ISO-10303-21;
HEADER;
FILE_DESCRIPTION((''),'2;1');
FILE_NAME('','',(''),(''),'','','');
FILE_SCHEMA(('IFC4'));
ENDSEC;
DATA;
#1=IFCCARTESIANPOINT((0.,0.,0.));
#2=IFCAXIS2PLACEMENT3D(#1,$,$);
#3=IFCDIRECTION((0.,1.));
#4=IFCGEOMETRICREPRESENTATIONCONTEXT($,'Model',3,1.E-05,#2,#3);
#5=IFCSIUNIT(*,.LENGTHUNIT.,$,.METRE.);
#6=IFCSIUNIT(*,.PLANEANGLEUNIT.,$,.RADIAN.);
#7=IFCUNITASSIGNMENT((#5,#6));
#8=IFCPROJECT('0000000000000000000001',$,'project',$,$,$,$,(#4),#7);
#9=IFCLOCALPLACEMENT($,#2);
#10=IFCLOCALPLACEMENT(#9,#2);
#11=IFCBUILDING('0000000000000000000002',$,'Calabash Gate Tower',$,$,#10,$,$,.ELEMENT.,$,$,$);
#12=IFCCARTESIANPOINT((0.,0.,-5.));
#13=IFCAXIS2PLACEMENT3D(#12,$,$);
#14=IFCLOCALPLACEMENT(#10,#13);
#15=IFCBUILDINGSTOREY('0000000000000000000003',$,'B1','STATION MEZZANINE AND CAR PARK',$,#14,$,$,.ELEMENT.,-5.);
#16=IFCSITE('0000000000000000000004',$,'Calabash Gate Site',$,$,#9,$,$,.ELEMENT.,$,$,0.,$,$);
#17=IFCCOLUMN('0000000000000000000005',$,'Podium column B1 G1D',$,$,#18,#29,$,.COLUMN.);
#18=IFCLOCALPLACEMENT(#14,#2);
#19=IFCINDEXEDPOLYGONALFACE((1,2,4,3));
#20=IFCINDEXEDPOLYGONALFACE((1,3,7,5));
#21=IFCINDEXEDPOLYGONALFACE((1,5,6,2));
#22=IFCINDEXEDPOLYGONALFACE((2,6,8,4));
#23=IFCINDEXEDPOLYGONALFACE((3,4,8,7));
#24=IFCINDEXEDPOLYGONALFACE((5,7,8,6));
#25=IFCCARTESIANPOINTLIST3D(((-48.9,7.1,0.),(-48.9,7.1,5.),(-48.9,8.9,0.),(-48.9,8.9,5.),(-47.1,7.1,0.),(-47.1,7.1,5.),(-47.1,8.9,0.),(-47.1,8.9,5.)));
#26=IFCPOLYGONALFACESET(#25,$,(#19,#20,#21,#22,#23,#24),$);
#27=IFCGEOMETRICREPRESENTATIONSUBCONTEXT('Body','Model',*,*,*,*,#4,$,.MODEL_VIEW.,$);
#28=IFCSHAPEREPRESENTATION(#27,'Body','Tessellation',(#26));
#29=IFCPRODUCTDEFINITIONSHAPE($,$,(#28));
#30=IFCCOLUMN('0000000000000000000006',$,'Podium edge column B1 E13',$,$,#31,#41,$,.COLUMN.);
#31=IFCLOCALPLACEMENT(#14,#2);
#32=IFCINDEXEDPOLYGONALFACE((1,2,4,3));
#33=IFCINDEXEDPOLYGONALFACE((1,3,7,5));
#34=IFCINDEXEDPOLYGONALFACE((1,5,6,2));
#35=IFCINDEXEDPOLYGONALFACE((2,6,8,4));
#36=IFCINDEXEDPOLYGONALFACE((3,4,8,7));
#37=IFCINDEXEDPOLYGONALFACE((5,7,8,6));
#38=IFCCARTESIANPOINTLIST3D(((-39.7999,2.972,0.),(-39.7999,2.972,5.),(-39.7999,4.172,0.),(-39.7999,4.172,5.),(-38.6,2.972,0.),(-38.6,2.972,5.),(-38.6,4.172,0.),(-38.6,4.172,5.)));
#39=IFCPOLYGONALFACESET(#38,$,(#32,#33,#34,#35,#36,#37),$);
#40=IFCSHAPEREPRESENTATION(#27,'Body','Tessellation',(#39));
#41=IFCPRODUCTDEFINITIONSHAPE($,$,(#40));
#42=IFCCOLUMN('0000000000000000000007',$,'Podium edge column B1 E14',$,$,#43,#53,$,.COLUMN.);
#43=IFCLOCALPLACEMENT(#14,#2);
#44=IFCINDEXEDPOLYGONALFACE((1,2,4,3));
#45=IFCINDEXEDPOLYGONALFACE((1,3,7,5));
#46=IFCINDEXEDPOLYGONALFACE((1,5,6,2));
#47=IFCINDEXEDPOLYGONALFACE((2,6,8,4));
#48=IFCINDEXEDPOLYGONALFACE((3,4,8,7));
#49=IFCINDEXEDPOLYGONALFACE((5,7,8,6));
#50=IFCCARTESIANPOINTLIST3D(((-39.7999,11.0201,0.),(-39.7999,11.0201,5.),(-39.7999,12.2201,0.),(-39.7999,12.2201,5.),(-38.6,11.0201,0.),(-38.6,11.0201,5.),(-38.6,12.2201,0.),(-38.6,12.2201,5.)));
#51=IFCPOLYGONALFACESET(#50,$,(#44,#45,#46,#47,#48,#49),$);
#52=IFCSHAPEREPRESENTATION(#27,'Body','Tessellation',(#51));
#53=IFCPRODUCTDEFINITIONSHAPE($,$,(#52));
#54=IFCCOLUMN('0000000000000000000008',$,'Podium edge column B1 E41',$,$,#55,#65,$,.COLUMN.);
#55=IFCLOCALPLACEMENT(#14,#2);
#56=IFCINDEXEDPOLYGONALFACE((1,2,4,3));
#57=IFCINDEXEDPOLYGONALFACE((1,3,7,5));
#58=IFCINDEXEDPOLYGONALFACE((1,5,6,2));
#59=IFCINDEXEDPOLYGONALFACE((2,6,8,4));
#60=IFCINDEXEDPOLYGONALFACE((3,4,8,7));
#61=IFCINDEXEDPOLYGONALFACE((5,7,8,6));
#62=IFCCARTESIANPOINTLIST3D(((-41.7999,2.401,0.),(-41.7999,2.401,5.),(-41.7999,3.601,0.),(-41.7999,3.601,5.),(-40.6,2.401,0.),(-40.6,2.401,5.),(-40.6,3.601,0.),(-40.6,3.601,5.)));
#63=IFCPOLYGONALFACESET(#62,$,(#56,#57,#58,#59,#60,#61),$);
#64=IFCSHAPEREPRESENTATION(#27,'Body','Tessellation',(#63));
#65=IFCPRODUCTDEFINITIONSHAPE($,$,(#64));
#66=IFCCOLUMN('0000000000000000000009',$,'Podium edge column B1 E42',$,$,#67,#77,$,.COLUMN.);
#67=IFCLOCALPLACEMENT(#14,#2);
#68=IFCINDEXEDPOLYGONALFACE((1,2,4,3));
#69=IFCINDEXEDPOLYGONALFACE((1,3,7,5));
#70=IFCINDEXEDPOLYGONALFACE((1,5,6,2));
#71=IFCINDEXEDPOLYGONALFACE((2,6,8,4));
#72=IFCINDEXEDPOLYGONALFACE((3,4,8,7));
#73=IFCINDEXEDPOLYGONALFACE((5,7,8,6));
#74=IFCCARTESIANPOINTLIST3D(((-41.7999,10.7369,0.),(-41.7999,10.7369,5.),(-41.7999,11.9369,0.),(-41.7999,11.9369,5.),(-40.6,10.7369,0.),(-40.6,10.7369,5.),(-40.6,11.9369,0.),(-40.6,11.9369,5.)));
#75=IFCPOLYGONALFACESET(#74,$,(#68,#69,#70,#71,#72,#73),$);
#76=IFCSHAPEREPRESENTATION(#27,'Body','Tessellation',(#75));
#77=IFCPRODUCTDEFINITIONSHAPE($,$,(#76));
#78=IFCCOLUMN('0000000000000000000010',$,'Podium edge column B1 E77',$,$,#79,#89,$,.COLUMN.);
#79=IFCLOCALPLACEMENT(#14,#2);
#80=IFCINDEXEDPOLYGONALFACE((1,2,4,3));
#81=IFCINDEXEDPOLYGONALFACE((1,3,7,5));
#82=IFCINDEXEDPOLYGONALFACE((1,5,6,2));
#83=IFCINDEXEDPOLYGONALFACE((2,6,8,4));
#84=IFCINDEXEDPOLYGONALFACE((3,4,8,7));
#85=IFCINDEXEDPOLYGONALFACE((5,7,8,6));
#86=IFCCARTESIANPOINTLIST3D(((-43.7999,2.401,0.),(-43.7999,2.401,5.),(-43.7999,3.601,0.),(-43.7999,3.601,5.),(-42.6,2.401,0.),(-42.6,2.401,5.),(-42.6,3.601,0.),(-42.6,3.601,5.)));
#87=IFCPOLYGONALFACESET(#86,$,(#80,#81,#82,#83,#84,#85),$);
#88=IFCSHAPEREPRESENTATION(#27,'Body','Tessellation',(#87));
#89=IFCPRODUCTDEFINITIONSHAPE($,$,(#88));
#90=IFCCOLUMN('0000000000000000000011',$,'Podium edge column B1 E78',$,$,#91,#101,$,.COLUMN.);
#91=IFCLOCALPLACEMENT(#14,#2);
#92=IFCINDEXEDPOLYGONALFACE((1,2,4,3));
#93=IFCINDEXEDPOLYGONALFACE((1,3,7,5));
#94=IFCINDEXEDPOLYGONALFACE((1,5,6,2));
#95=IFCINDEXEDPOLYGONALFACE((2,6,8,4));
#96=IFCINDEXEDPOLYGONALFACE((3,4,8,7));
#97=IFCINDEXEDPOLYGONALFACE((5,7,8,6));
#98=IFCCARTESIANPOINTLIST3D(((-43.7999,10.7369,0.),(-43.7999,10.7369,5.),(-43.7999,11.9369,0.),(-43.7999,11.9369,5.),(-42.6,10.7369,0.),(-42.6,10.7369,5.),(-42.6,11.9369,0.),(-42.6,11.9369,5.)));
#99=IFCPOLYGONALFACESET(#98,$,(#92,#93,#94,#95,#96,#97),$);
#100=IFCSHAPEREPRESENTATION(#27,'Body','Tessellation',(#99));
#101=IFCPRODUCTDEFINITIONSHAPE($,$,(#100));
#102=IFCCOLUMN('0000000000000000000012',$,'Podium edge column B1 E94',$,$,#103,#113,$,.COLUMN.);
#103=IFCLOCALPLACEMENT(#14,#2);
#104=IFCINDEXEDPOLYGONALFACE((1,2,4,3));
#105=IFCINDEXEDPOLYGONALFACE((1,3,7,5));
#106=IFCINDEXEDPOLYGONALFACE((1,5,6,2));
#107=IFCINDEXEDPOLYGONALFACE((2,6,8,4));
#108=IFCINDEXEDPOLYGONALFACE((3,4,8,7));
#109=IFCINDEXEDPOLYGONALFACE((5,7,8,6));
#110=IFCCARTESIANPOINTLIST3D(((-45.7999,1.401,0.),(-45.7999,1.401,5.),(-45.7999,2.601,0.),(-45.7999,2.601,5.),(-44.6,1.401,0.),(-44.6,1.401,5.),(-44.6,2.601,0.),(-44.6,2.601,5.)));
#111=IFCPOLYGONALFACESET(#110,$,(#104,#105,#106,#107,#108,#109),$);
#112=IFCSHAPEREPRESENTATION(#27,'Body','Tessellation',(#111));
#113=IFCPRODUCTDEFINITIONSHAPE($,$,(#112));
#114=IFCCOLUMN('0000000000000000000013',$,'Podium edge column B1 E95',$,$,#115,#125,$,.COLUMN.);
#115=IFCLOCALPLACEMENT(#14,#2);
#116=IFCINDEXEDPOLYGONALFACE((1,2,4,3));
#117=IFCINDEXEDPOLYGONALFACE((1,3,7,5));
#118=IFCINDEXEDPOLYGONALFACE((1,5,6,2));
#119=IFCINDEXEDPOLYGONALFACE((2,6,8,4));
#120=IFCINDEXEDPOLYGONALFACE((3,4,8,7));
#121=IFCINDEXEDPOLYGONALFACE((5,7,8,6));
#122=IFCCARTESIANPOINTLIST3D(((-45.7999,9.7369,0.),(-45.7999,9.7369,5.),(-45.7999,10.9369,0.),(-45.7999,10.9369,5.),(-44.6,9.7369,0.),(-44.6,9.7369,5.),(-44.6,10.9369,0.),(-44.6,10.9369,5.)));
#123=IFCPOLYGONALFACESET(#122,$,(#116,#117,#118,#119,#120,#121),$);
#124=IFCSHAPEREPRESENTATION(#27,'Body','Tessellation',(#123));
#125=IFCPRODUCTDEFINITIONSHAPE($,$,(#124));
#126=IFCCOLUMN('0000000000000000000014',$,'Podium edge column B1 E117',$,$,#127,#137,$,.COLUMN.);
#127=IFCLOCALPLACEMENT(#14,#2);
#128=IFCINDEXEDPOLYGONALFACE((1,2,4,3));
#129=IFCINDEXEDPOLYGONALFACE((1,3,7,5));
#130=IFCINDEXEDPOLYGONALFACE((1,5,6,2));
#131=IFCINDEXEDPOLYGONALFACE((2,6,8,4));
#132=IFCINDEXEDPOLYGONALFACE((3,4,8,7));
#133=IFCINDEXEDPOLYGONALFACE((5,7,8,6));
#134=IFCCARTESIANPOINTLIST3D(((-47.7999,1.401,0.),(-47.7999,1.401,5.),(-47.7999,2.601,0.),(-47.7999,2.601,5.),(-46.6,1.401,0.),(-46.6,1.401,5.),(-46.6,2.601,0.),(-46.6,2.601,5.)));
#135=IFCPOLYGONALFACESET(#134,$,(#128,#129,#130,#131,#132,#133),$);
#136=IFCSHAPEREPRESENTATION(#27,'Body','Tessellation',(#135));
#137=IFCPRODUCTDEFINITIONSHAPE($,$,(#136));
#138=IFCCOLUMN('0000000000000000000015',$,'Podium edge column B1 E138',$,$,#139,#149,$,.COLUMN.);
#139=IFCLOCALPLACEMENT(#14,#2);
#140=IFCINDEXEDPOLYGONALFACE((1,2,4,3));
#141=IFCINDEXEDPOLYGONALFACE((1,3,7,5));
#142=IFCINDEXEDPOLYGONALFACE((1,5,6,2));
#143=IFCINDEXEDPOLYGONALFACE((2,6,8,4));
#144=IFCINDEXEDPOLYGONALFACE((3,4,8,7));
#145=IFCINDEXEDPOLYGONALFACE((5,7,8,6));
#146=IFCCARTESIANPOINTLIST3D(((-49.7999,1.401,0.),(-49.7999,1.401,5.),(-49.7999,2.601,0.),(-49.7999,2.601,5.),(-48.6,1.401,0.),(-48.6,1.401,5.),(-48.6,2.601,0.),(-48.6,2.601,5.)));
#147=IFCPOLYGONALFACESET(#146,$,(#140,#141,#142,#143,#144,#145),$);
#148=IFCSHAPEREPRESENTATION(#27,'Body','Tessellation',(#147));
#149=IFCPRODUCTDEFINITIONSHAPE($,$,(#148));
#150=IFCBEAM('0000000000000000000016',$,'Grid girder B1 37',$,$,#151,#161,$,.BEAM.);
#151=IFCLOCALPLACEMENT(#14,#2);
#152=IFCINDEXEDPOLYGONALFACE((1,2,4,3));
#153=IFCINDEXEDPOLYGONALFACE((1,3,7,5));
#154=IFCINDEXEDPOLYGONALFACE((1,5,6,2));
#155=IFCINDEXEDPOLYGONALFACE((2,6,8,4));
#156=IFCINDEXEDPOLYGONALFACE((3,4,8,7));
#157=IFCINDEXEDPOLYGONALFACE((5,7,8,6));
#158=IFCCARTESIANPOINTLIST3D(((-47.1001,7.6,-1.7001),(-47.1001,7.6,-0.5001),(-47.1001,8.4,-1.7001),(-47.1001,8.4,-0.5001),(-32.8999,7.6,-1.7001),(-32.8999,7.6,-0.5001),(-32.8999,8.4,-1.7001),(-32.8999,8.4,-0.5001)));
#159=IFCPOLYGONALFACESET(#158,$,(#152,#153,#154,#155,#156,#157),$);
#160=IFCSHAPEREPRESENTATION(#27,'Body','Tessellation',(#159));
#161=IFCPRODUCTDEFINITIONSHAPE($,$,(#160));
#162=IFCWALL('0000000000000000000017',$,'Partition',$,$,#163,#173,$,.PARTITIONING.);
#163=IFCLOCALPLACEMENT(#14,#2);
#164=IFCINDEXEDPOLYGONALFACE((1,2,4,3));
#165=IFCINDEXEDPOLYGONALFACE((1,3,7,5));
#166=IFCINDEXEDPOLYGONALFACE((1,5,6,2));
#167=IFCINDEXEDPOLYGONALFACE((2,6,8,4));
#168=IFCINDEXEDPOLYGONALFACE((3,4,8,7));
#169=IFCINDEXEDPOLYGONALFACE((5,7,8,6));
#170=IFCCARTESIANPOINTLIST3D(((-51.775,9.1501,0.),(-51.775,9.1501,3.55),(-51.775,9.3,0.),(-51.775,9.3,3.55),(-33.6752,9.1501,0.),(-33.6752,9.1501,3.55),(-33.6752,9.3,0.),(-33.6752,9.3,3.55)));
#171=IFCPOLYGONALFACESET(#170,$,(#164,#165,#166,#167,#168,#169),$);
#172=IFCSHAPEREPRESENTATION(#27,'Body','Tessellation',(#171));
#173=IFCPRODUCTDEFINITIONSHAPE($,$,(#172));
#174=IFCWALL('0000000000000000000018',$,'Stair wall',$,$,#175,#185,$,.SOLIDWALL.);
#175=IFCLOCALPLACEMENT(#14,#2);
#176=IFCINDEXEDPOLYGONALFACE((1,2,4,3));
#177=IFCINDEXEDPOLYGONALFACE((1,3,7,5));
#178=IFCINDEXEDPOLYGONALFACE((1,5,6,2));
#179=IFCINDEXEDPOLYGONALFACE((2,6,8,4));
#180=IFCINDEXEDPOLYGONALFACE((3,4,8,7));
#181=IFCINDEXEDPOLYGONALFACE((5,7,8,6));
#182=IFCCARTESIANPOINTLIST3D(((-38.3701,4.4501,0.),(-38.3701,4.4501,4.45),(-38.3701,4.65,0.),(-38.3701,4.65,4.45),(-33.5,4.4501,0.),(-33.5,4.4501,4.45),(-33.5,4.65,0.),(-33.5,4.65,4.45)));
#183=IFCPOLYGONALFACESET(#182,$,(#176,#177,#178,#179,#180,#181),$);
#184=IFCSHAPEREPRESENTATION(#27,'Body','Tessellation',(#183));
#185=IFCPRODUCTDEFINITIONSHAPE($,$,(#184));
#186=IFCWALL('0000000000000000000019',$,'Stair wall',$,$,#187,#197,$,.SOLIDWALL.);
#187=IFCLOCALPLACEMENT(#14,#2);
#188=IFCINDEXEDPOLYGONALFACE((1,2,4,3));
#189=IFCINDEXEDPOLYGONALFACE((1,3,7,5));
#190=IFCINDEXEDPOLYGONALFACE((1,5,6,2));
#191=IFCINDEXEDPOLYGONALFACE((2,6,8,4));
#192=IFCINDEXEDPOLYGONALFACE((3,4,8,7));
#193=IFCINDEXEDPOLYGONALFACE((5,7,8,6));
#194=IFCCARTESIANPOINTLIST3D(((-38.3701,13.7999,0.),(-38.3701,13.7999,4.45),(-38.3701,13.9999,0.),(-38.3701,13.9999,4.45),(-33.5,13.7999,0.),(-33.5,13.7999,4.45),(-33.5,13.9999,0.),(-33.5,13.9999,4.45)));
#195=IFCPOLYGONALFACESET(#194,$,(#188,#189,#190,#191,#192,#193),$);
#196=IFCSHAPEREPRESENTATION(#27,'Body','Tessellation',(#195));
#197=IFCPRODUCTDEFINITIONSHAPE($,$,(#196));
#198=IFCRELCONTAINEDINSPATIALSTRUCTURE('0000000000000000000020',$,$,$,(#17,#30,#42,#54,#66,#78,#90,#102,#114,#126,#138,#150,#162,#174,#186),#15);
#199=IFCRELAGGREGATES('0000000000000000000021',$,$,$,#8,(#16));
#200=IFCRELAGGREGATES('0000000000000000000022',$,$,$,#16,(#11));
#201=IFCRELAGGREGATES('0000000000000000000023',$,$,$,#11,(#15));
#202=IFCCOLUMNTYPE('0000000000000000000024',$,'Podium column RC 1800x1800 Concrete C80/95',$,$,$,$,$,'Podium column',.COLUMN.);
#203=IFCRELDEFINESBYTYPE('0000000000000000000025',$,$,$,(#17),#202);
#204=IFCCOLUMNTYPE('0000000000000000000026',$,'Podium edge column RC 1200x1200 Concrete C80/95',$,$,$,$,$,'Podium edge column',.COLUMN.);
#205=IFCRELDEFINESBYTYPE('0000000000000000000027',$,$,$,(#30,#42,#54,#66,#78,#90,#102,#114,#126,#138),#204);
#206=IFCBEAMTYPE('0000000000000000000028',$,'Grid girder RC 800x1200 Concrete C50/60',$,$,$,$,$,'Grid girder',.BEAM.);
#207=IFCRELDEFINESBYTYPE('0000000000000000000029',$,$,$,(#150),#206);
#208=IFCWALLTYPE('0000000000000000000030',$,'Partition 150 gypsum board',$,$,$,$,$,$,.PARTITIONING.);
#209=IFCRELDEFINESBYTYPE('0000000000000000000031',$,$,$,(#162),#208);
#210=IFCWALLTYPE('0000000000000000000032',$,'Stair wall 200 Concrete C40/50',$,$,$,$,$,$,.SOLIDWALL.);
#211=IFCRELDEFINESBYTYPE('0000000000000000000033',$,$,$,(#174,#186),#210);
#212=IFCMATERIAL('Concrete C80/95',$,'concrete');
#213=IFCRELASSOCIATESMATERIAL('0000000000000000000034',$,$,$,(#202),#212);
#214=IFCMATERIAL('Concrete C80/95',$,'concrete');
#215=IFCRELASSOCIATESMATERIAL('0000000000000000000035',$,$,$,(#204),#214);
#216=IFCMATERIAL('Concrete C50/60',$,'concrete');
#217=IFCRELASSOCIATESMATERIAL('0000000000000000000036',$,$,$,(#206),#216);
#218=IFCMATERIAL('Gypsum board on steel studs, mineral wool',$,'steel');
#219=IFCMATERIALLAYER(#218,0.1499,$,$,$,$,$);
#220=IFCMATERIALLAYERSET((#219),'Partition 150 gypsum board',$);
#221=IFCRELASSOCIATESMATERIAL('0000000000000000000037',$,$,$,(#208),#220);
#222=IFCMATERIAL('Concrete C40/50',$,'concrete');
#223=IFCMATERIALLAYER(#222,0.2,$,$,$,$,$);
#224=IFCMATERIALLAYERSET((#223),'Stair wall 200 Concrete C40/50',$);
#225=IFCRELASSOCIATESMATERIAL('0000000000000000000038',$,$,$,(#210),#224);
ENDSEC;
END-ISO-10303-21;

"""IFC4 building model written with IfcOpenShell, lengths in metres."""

from ifc_helpers import new_model, si_unit, direction, frame, frame_2d, origin, origin_2d, place, context, subcontext, project, spatial, rectangle, extrude, material, layer, layer_set, material_profile, profile_set, type_object, element, save


model = new_model("IFC4")

# Units and contexts
model_context = context("Model", 3, precision=1e-05, world=origin(), true_north=direction((0.0, 1.0)))
body_context = subcontext(model_context, "Body", "Model", "MODEL_VIEW")
ifc_project = project(units=[si_unit("LENGTHUNIT", "METRE"), si_unit("PLANEANGLEUNIT", "RADIAN")], contexts=[model_context])

# Site, building, storey
site_placement = place(None, origin())
site = spatial("IfcSite", under=ifc_project, at=site_placement, Name="Calabash Gate Site", CompositionType="ELEMENT", RefElevation=0.0)
building_placement = place(site_placement, origin())
building = spatial("IfcBuilding", under=site, at=building_placement, Name="Calabash Gate Tower", CompositionType="ELEMENT")
storey_placement = place(building_placement, frame((0.0, 0.0, -5.0)))
storey = spatial("IfcBuildingStorey", under=building, at=storey_placement, Name="B1", Description="STATION MEZZANINE AND CAR PARK", CompositionType="ELEMENT", Elevation=-5.0)

# Columns
ifc_material_1 = material(Name="Concrete C80/95", Category="concrete")
ifc_material_profile_1 = material_profile(ifc_material_1, rectangle(XDim=1.8, YDim=1.8, at=origin_2d()))
ifc_profile_set_1 = profile_set([ifc_material_profile_1], Name="Concrete C80/95")
column_type_1 = type_object("IfcColumnType", Name="Podium column RC 1800x1800 Concrete C80/95", ElementType="Podium column", PredefinedType="COLUMN", material=ifc_profile_set_1)
column_placement = place(storey_placement, frame((-48.0, 8.0, 0.0), z_axis=(0.0, 0.0, 1.0), x_axis=(1.0, 0.0, 0.0)))
element("IfcColumn", 1, at=column_placement, inside=storey, type_object=column_type_1, Name="Podium column B1 G1D", PredefinedType="COLUMN", context=body_context, shape_type="SweptSolid", body=[
    extrude(rectangle(XDim=1.8, YDim=1.8, at=origin_2d()), origin(), (0.0, 0.0, 1.0), 5.0),
])
ifc_material_2 = material(Name="Concrete C80/95", Category="concrete")
ifc_material_profile_2 = material_profile(ifc_material_2, rectangle(XDim=1.2, YDim=1.2, at=origin_2d()))
ifc_profile_set_2 = profile_set([ifc_material_profile_2], Name="Concrete C80/95")
column_type_2 = type_object("IfcColumnType", Name="Podium edge column RC 1200x1200 Concrete C80/95", ElementType="Podium edge column", PredefinedType="COLUMN", material=ifc_profile_set_2)
for number, where, z_axis, x_axis, name in (
    (2, (-39.2, 3.572, 0.0), (0.0, 0.0, 1.0), (1.0, 0.0, 0.0), "Podium edge column B1 E13"),
    (3, (-39.2, 11.6201, 0.0), (0.0, 0.0, 1.0), (1.0, 0.0, 0.0), "Podium edge column B1 E14"),
    (4, (-41.2, 3.001, 0.0), (0.0, 0.0, 1.0), (1.0, 0.0, 0.0), "Podium edge column B1 E41"),
    (5, (-41.2, 11.3369, 0.0), (0.0, 0.0, 1.0), (1.0, 0.0, 0.0), "Podium edge column B1 E42"),
    (6, (-43.2, 3.001, 0.0), (0.0, 0.0, 1.0), (1.0, 0.0, 0.0), "Podium edge column B1 E77"),
    (7, (-43.2, 11.3369, 0.0), (0.0, 0.0, 1.0), (1.0, 0.0, 0.0), "Podium edge column B1 E78"),
    (8, (-45.2, 2.001, 0.0), (0.0, 0.0, 1.0), (1.0, 0.0, 0.0), "Podium edge column B1 E94"),
    (9, (-45.2, 10.3369, 0.0), (0.0, 0.0, 1.0), (1.0, 0.0, 0.0), "Podium edge column B1 E95"),
    (10, (-47.2, 2.001, 0.0), (0.0, 0.0, 1.0), (1.0, 0.0, 0.0), "Podium edge column B1 E117"),
    (11, (-49.2, 2.001, 0.0), (0.0, 0.0, 1.0), (1.0, 0.0, 0.0), "Podium edge column B1 E138"),
):
    element("IfcColumn", number, at=place(storey_placement, frame(where, z_axis=z_axis, x_axis=x_axis)), inside=storey, type_object=column_type_2, Name=name, PredefinedType="COLUMN", context=body_context, shape_type="SweptSolid", body=[
        extrude(rectangle(XDim=1.2, YDim=1.2, at=origin_2d()), origin(), (0.0, 0.0, 1.0), 5.0),
    ])

# Beam
ifc_material_3 = material(Name="Concrete C50/60", Category="concrete")
ifc_material_profile_3 = material_profile(ifc_material_3, rectangle(XDim=0.8, YDim=1.2, at=origin_2d()))
ifc_profile_set_3 = profile_set([ifc_material_profile_3], Name="Concrete C50/60")
beam_type = type_object("IfcBeamType", Name="Grid girder RC 800x1200 Concrete C50/60", ElementType="Grid girder", PredefinedType="BEAM", material=ifc_profile_set_3)
beam_placement = place(storey_placement, frame((-47.1001, 8.0, -1.1001), z_axis=(1.0, 0.0, 0.0), x_axis=(0.0, 1.0, 0.0)))
element("IfcBeam", 12, at=beam_placement, inside=storey, type_object=beam_type, Name="Grid girder B1 37", PredefinedType="BEAM", context=body_context, shape_type="SweptSolid", body=[
    extrude(rectangle(XDim=0.8, YDim=1.2, at=origin_2d()), origin(), (0.0, 0.0, 1.0), 14.2002),
])

# Walls
ifc_material_4 = material(Name="Gypsum board on steel studs, mineral wool", Category="steel")
ifc_layer_1 = layer(ifc_material_4, 0.1499)
ifc_layer_set_1 = layer_set([ifc_layer_1], Name="Partition 150 gypsum board")
wall_type_1 = type_object("IfcWallType", Name="Partition 150 gypsum board", PredefinedType="PARTITIONING", material=ifc_layer_set_1)
wall_1_placement = place(storey_placement, frame((-51.7749, 9.2251, 0.0), z_axis=(0.0, 0.0, 1.0), x_axis=(1.0, 0.0, 0.0)))
element("IfcWall", 13, at=wall_1_placement, inside=storey, type_object=wall_type_1, Name="Partition", PredefinedType="PARTITIONING", context=body_context, shape_type="SweptSolid", body=[
    extrude(rectangle(XDim=18.0999, YDim=0.1499, at=frame_2d((9.0498, 0.0))), origin(), (0.0, 0.0, 1.0), 3.55),
])
ifc_material_5 = material(Name="Concrete C40/50", Category="concrete")
ifc_layer_2 = layer(ifc_material_5, 0.2)
ifc_layer_set_2 = layer_set([ifc_layer_2], Name="Stair wall 200 Concrete C40/50")
wall_type_2 = type_object("IfcWallType", Name="Stair wall 200 Concrete C40/50", PredefinedType="SOLIDWALL", material=ifc_layer_set_2)
wall_2_placement = place(storey_placement, frame((-38.3701, 4.55, 0.0), z_axis=(0.0, 0.0, 1.0), x_axis=(1.0, 0.0, 0.0)))
element("IfcWall", 14, at=wall_2_placement, inside=storey, type_object=wall_type_2, Name="Stair wall", PredefinedType="SOLIDWALL", context=body_context, shape_type="SweptSolid", body=[
    extrude(rectangle(XDim=4.8701, YDim=0.2, at=frame_2d((2.4351, 0.0))), origin(), (0.0, 0.0, 1.0), 4.45),
])

# Wall
wall_3_placement = place(storey_placement, frame((-38.3701, 13.8999, 0.0), z_axis=(0.0, 0.0, 1.0), x_axis=(1.0, 0.0, 0.0)))
element("IfcWall", 15, at=wall_3_placement, inside=storey, type_object=wall_type_2, Name="Stair wall", PredefinedType="SOLIDWALL", context=body_context, shape_type="SweptSolid", body=[
    extrude(rectangle(XDim=4.8701, YDim=0.2, at=frame_2d((2.4351, 0.0))), origin(), (0.0, 0.0, 1.0), 4.45),
])

save(model, "model.ifc")
